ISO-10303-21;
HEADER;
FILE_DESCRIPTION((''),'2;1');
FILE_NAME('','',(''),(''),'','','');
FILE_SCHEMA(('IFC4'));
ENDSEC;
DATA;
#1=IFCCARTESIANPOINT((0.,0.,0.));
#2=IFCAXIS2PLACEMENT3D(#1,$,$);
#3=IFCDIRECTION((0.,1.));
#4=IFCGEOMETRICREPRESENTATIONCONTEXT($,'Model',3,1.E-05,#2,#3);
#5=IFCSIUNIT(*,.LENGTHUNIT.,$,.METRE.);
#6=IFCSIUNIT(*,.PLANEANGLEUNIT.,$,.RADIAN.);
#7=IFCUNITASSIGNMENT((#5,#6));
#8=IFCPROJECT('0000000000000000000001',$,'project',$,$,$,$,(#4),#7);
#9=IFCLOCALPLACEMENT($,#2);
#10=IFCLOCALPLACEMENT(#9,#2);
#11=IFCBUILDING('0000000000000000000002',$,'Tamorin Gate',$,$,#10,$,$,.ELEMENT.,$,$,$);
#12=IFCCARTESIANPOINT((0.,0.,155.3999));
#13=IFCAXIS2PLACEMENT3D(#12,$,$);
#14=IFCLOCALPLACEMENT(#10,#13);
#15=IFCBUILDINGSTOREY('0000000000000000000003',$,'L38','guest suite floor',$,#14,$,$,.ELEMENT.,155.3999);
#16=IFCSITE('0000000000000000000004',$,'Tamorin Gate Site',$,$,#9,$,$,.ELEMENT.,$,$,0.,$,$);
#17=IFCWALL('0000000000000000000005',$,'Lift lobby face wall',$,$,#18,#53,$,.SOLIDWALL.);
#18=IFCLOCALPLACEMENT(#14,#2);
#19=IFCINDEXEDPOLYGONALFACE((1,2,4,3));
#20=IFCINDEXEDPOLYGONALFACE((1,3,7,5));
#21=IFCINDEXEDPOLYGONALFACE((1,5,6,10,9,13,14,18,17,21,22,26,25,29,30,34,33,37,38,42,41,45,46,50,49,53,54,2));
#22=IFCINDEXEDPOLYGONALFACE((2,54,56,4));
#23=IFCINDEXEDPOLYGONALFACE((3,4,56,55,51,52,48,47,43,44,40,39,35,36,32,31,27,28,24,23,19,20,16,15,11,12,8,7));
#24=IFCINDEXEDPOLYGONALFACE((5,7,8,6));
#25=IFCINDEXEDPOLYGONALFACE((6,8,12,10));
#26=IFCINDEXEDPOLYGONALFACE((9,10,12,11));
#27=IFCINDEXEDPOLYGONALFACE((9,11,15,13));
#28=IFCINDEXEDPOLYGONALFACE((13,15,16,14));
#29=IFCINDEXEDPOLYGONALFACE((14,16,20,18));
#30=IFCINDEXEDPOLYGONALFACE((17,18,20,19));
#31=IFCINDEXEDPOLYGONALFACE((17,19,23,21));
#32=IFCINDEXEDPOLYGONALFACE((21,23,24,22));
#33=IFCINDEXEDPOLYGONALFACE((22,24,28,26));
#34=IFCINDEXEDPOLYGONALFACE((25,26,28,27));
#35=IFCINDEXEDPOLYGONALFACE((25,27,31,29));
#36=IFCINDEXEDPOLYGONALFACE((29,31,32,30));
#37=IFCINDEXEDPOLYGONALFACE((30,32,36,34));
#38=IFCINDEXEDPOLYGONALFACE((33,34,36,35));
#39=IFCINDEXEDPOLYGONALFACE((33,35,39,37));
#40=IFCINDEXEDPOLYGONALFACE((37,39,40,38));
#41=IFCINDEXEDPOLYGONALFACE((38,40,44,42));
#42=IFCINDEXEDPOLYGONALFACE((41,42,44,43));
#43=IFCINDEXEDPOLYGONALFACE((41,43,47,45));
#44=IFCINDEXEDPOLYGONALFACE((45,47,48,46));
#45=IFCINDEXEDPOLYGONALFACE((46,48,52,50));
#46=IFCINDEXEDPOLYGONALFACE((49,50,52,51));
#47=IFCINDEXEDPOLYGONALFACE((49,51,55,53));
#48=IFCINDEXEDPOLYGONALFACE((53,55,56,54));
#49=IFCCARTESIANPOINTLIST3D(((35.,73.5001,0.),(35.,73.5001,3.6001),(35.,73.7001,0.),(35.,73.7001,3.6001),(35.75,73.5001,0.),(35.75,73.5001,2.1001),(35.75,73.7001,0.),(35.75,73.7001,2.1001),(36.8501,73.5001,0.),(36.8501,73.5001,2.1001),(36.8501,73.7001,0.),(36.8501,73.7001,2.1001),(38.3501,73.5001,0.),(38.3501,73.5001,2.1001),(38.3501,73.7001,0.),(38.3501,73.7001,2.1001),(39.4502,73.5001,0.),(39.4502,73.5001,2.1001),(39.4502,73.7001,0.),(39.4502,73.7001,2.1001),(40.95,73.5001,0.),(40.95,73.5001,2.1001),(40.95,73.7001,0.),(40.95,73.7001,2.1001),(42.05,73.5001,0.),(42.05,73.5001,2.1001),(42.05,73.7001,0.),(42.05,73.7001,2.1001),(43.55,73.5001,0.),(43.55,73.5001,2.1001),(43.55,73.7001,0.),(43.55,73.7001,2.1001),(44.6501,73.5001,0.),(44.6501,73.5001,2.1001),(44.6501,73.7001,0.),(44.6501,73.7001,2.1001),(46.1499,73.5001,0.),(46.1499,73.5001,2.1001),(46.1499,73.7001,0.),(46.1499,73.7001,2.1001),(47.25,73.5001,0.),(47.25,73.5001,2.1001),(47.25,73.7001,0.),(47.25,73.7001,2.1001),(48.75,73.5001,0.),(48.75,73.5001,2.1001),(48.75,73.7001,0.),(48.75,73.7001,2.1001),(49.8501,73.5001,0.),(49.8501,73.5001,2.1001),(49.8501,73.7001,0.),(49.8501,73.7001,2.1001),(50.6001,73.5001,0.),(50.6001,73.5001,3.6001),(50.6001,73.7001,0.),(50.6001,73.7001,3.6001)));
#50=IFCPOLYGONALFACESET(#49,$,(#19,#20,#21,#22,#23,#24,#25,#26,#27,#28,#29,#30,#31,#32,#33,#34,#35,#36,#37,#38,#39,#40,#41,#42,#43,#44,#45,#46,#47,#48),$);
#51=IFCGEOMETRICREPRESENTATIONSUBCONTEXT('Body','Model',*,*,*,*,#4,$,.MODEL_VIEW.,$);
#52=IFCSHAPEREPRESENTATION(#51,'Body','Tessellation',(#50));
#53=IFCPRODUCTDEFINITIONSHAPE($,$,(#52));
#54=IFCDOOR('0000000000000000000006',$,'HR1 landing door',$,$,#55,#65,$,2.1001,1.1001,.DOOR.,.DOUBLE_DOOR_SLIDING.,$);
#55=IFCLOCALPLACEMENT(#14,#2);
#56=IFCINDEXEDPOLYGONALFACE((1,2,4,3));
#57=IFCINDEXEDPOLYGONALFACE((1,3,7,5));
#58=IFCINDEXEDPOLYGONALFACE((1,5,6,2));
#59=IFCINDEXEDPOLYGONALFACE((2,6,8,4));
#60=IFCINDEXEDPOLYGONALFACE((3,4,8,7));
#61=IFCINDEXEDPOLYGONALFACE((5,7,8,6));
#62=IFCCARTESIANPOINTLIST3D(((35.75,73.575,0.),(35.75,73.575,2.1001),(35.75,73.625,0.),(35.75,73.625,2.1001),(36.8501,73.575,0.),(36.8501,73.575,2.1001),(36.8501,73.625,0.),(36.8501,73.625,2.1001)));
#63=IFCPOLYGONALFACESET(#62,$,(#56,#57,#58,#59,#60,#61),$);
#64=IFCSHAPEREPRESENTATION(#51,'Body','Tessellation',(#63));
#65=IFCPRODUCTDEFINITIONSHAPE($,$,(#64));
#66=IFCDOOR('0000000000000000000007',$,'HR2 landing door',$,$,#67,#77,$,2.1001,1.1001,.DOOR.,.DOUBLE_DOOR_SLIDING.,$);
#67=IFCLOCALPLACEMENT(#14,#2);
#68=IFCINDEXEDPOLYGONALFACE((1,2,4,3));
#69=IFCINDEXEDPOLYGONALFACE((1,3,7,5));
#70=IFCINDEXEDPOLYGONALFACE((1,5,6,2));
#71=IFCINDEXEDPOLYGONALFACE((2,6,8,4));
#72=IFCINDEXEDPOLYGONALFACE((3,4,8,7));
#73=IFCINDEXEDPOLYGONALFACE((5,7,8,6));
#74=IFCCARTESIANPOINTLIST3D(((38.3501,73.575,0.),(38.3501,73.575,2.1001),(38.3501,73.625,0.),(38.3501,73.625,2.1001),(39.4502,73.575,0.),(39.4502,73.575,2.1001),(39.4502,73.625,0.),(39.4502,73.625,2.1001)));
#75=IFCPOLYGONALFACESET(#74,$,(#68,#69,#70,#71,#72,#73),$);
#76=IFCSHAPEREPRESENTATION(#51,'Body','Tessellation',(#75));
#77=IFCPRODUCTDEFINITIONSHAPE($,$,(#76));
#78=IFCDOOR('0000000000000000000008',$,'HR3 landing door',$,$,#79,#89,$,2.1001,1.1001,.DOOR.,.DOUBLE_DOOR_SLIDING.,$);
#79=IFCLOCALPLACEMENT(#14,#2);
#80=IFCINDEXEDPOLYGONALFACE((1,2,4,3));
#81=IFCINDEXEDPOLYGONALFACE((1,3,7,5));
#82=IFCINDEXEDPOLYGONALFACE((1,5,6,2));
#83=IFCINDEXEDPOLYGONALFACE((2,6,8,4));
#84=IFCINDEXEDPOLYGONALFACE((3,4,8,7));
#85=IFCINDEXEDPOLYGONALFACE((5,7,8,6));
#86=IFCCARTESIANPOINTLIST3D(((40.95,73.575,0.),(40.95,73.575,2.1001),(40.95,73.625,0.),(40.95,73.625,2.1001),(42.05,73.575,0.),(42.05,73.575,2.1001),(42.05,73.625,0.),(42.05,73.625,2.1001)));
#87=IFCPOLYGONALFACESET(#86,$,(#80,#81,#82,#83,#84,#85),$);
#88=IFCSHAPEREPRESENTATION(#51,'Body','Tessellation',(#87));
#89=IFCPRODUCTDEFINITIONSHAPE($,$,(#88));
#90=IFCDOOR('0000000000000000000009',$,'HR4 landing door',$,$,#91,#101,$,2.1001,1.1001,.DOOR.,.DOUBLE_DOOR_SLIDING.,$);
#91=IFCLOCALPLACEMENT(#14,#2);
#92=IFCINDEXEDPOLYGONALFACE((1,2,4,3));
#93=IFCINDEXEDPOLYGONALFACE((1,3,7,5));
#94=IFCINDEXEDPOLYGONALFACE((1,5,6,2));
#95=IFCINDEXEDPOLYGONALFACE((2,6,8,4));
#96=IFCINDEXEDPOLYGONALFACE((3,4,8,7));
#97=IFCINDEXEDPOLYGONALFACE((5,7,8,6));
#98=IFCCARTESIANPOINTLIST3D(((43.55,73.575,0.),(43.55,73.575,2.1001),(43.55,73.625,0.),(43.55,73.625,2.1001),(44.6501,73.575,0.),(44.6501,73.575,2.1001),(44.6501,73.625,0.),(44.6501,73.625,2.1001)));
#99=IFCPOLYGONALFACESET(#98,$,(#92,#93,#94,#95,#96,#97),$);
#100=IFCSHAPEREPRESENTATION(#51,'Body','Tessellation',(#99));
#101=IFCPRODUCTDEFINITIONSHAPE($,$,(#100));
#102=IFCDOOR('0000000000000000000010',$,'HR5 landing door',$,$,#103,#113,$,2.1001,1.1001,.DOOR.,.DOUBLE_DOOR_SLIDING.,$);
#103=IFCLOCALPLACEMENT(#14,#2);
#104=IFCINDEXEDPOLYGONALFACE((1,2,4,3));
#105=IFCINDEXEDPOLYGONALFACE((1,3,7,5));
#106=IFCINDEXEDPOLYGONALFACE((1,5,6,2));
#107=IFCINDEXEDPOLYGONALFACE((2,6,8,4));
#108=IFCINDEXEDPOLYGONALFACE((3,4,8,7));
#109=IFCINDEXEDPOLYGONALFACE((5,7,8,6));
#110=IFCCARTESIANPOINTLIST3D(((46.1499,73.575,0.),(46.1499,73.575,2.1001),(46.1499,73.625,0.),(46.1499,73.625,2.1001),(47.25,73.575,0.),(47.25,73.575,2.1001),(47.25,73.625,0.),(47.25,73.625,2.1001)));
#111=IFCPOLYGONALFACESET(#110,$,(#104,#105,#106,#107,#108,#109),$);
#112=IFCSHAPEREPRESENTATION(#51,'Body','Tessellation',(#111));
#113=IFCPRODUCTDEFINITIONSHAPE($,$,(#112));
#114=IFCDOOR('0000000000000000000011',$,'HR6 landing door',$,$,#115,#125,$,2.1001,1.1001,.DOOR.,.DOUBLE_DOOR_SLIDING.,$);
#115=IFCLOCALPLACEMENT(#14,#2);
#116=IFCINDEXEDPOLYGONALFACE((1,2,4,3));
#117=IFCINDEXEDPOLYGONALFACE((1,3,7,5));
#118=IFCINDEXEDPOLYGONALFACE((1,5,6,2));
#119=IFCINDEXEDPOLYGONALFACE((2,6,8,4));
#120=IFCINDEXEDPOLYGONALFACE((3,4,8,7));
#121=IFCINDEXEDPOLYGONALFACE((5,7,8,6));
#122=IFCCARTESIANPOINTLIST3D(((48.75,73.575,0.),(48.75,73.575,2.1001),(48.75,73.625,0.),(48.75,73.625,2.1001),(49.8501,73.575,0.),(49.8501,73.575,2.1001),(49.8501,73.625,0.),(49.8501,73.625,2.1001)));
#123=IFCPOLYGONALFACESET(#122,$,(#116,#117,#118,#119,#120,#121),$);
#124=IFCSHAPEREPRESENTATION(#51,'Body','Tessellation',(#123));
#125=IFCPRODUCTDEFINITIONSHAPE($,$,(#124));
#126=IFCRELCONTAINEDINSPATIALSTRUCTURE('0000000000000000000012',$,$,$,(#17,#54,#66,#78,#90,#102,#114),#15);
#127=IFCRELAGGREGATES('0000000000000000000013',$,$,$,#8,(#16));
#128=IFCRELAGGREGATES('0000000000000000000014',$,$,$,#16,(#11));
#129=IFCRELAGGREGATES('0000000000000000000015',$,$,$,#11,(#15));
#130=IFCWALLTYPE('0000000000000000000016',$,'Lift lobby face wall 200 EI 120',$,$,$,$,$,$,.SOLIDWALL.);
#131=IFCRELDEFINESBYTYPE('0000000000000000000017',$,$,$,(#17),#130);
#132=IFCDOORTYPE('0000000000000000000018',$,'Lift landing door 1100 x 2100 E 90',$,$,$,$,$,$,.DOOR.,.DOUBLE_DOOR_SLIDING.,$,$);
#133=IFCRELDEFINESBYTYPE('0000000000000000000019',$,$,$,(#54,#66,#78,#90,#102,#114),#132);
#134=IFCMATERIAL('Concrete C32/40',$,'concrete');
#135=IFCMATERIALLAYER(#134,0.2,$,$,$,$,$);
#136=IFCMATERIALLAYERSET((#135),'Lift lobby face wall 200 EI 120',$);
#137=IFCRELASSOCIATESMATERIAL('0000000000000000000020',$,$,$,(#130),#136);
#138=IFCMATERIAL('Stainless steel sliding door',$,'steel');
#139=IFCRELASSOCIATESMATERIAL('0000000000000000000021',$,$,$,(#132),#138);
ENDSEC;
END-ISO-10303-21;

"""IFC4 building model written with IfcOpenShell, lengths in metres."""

from ifc_helpers import new_model, si_unit, direction, frame, frame_2d, origin, place, context, subcontext, project, spatial, rectangle, extrude, material, layer, layer_set, type_object, element, fill, save


model = new_model("IFC4")

# Units and contexts
model_context = context("Model", 3, precision=1e-05, world=origin(), true_north=direction((0.0, 1.0)))
body_context = subcontext(model_context, "Body", "Model", "MODEL_VIEW")
ifc_project = project(units=[si_unit("LENGTHUNIT", "METRE"), si_unit("PLANEANGLEUNIT", "RADIAN")], contexts=[model_context])

# Site, building, storey
site_placement = place(None, origin())
site = spatial("IfcSite", under=ifc_project, at=site_placement, Name="Tamorin Gate Site", CompositionType="ELEMENT", RefElevation=0.0)
building_placement = place(site_placement, origin())
building = spatial("IfcBuilding", under=site, at=building_placement, Name="Tamorin Gate", CompositionType="ELEMENT")
storey_placement = place(building_placement, frame((0.0, 0.0, 155.3999)))
storey = spatial("IfcBuildingStorey", under=building, at=storey_placement, Name="L38", Description="guest suite floor", CompositionType="ELEMENT", Elevation=155.3999)

# Wall, openings, doors
ifc_material_1 = material(Name="Concrete C32/40", Category="concrete")
ifc_layer_1 = layer(ifc_material_1, 0.2)
ifc_layer_set_1 = layer_set([ifc_layer_1], Name="Lift lobby face wall 200 EI 120")
wall_type_1 = type_object("IfcWallType", Name="Lift lobby face wall 200 EI 120", PredefinedType="SOLIDWALL", material=ifc_layer_set_1)
wall_1_placement = place(storey_placement, frame((35.0, 73.6001, 0.0), z_axis=(0.0, 0.0, 1.0), x_axis=(1.0, 0.0, 0.0)))
wall_1 = element("IfcWall", 1, at=wall_1_placement, inside=storey, type_object=wall_type_1, Name="Lift lobby face wall", PredefinedType="SOLIDWALL", context=body_context, shape_type="SweptSolid", body=[
    extrude(rectangle(XDim=15.6001, YDim=0.2, at=frame_2d((7.8, 0.0))), origin(), (0.0, 0.0, 1.0), 3.6001),
])
opening_1_placement = place(wall_1_placement, frame((0.75, 0.0, 0.0)))
opening_1 = element("IfcOpeningElement", 2, at=opening_1_placement, cuts=wall_1, PredefinedType="OPENING", context=body_context, shape_type="SweptSolid", body=[
    extrude(rectangle(XDim=1.1001, YDim=2.1001, at=frame_2d((0.55, 1.05))), frame((0.0, 0.1099, 0.0), z_axis=(0.0, -1.0, 0.0), x_axis=(1.0, 0.0, 0.0)), (0.0, 0.0, 1.0), 0.22),
])
opening_2_placement = place(wall_1_placement, frame((3.3501, 0.0, 0.0)))
opening_2 = element("IfcOpeningElement", 3, at=opening_2_placement, cuts=wall_1, PredefinedType="OPENING", context=body_context, shape_type="SweptSolid", body=[
    extrude(rectangle(XDim=1.1001, YDim=2.1001, at=frame_2d((0.55, 1.05))), frame((0.0, 0.1099, 0.0), z_axis=(0.0, -1.0, 0.0), x_axis=(1.0, 0.0, 0.0)), (0.0, 0.0, 1.0), 0.22),
])
opening_3_placement = place(wall_1_placement, frame((5.95, 0.0, 0.0)))
opening_3 = element("IfcOpeningElement", 4, at=opening_3_placement, cuts=wall_1, PredefinedType="OPENING", context=body_context, shape_type="SweptSolid", body=[
    extrude(rectangle(XDim=1.1001, YDim=2.1001, at=frame_2d((0.55, 1.05))), frame((0.0, 0.1099, 0.0), z_axis=(0.0, -1.0, 0.0), x_axis=(1.0, 0.0, 0.0)), (0.0, 0.0, 1.0), 0.22),
])
opening_4_placement = place(wall_1_placement, frame((8.55, 0.0, 0.0)))
opening_4 = element("IfcOpeningElement", 5, at=opening_4_placement, cuts=wall_1, PredefinedType="OPENING", context=body_context, shape_type="SweptSolid", body=[
    extrude(rectangle(XDim=1.1001, YDim=2.1001, at=frame_2d((0.55, 1.05))), frame((0.0, 0.1099, 0.0), z_axis=(0.0, -1.0, 0.0), x_axis=(1.0, 0.0, 0.0)), (0.0, 0.0, 1.0), 0.22),
])
opening_5_placement = place(wall_1_placement, frame((11.1499, 0.0, 0.0)))
opening_5 = element("IfcOpeningElement", 6, at=opening_5_placement, cuts=wall_1, PredefinedType="OPENING", context=body_context, shape_type="SweptSolid", body=[
    extrude(rectangle(XDim=1.1001, YDim=2.1001, at=frame_2d((0.55, 1.05))), frame((0.0, 0.1099, 0.0), z_axis=(0.0, -1.0, 0.0), x_axis=(1.0, 0.0, 0.0)), (0.0, 0.0, 1.0), 0.22),
])
opening_6_placement = place(wall_1_placement, frame((13.75, 0.0, 0.0)))
opening_6 = element("IfcOpeningElement", 7, at=opening_6_placement, cuts=wall_1, PredefinedType="OPENING", context=body_context, shape_type="SweptSolid", body=[
    extrude(rectangle(XDim=1.1001, YDim=2.1001, at=frame_2d((0.55, 1.05))), frame((0.0, 0.1099, 0.0), z_axis=(0.0, -1.0, 0.0), x_axis=(1.0, 0.0, 0.0)), (0.0, 0.0, 1.0), 0.22),
])
ifc_material_2 = material(Name="Stainless steel sliding door", Category="steel")
door_type_1 = type_object("IfcDoorType", Name="Lift landing door 1100 x 2100 E 90", OperationType="DOUBLE_DOOR_SLIDING", PredefinedType="DOOR", material=ifc_material_2)
door_1_placement = place(opening_1_placement, origin())
door_1 = element("IfcDoor", 8, at=door_1_placement, inside=storey, type_object=door_type_1, Name="HR1 landing door", OperationType="DOUBLE_DOOR_SLIDING", OverallHeight=2.1001, OverallWidth=1.1001, PredefinedType="DOOR", context=body_context, shape_type="SweptSolid", body=[
    extrude(rectangle(XDim=1.1001, YDim=2.1001, at=frame_2d((0.55, 1.05))), frame((0.0, 0.0249, 0.0), z_axis=(0.0, -1.0, 0.0), x_axis=(1.0, 0.0, 0.0)), (0.0, 0.0, 1.0), 0.05),
])
fill(opening_1, door_1)
door_2_placement = place(opening_2_placement, origin())
door_2 = element("IfcDoor", 9, at=door_2_placement, inside=storey, type_object=door_type_1, Name="HR2 landing door", OperationType="DOUBLE_DOOR_SLIDING", OverallHeight=2.1001, OverallWidth=1.1001, PredefinedType="DOOR", context=body_context, shape_type="SweptSolid", body=[
    extrude(rectangle(XDim=1.1001, YDim=2.1001, at=frame_2d((0.55, 1.05))), frame((0.0, 0.0249, 0.0), z_axis=(0.0, -1.0, 0.0), x_axis=(1.0, 0.0, 0.0)), (0.0, 0.0, 1.0), 0.05),
])
fill(opening_2, door_2)
door_3_placement = place(opening_3_placement, origin())
door_3 = element("IfcDoor", 10, at=door_3_placement, inside=storey, type_object=door_type_1, Name="HR3 landing door", OperationType="DOUBLE_DOOR_SLIDING", OverallHeight=2.1001, OverallWidth=1.1001, PredefinedType="DOOR", context=body_context, shape_type="SweptSolid", body=[
    extrude(rectangle(XDim=1.1001, YDim=2.1001, at=frame_2d((0.55, 1.05))), frame((0.0, 0.0249, 0.0), z_axis=(0.0, -1.0, 0.0), x_axis=(1.0, 0.0, 0.0)), (0.0, 0.0, 1.0), 0.05),
])
fill(opening_3, door_3)
door_4_placement = place(opening_4_placement, origin())
door_4 = element("IfcDoor", 11, at=door_4_placement, inside=storey, type_object=door_type_1, Name="HR4 landing door", OperationType="DOUBLE_DOOR_SLIDING", OverallHeight=2.1001, OverallWidth=1.1001, PredefinedType="DOOR", context=body_context, shape_type="SweptSolid", body=[
    extrude(rectangle(XDim=1.1001, YDim=2.1001, at=frame_2d((0.55, 1.05))), frame((0.0, 0.0249, 0.0), z_axis=(0.0, -1.0, 0.0), x_axis=(1.0, 0.0, 0.0)), (0.0, 0.0, 1.0), 0.05),
])
fill(opening_4, door_4)
door_5_placement = place(opening_5_placement, origin())
door_5 = element("IfcDoor", 12, at=door_5_placement, inside=storey, type_object=door_type_1, Name="HR5 landing door", OperationType="DOUBLE_DOOR_SLIDING", OverallHeight=2.1001, OverallWidth=1.1001, PredefinedType="DOOR", context=body_context, shape_type="SweptSolid", body=[
    extrude(rectangle(XDim=1.1001, YDim=2.1001, at=frame_2d((0.55, 1.05))), frame((0.0, 0.0249, 0.0), z_axis=(0.0, -1.0, 0.0), x_axis=(1.0, 0.0, 0.0)), (0.0, 0.0, 1.0), 0.05),
])
fill(opening_5, door_5)
door_6_placement = place(opening_6_placement, origin())
door_6 = element("IfcDoor", 13, at=door_6_placement, inside=storey, type_object=door_type_1, Name="HR6 landing door", OperationType="DOUBLE_DOOR_SLIDING", OverallHeight=2.1001, OverallWidth=1.1001, PredefinedType="DOOR", context=body_context, shape_type="SweptSolid", body=[
    extrude(rectangle(XDim=1.1001, YDim=2.1001, at=frame_2d((0.55, 1.05))), frame((0.0, 0.0249, 0.0), z_axis=(0.0, -1.0, 0.0), x_axis=(1.0, 0.0, 0.0)), (0.0, 0.0, 1.0), 0.05),
])
fill(opening_6, door_6)

save(model, "model.ifc")
